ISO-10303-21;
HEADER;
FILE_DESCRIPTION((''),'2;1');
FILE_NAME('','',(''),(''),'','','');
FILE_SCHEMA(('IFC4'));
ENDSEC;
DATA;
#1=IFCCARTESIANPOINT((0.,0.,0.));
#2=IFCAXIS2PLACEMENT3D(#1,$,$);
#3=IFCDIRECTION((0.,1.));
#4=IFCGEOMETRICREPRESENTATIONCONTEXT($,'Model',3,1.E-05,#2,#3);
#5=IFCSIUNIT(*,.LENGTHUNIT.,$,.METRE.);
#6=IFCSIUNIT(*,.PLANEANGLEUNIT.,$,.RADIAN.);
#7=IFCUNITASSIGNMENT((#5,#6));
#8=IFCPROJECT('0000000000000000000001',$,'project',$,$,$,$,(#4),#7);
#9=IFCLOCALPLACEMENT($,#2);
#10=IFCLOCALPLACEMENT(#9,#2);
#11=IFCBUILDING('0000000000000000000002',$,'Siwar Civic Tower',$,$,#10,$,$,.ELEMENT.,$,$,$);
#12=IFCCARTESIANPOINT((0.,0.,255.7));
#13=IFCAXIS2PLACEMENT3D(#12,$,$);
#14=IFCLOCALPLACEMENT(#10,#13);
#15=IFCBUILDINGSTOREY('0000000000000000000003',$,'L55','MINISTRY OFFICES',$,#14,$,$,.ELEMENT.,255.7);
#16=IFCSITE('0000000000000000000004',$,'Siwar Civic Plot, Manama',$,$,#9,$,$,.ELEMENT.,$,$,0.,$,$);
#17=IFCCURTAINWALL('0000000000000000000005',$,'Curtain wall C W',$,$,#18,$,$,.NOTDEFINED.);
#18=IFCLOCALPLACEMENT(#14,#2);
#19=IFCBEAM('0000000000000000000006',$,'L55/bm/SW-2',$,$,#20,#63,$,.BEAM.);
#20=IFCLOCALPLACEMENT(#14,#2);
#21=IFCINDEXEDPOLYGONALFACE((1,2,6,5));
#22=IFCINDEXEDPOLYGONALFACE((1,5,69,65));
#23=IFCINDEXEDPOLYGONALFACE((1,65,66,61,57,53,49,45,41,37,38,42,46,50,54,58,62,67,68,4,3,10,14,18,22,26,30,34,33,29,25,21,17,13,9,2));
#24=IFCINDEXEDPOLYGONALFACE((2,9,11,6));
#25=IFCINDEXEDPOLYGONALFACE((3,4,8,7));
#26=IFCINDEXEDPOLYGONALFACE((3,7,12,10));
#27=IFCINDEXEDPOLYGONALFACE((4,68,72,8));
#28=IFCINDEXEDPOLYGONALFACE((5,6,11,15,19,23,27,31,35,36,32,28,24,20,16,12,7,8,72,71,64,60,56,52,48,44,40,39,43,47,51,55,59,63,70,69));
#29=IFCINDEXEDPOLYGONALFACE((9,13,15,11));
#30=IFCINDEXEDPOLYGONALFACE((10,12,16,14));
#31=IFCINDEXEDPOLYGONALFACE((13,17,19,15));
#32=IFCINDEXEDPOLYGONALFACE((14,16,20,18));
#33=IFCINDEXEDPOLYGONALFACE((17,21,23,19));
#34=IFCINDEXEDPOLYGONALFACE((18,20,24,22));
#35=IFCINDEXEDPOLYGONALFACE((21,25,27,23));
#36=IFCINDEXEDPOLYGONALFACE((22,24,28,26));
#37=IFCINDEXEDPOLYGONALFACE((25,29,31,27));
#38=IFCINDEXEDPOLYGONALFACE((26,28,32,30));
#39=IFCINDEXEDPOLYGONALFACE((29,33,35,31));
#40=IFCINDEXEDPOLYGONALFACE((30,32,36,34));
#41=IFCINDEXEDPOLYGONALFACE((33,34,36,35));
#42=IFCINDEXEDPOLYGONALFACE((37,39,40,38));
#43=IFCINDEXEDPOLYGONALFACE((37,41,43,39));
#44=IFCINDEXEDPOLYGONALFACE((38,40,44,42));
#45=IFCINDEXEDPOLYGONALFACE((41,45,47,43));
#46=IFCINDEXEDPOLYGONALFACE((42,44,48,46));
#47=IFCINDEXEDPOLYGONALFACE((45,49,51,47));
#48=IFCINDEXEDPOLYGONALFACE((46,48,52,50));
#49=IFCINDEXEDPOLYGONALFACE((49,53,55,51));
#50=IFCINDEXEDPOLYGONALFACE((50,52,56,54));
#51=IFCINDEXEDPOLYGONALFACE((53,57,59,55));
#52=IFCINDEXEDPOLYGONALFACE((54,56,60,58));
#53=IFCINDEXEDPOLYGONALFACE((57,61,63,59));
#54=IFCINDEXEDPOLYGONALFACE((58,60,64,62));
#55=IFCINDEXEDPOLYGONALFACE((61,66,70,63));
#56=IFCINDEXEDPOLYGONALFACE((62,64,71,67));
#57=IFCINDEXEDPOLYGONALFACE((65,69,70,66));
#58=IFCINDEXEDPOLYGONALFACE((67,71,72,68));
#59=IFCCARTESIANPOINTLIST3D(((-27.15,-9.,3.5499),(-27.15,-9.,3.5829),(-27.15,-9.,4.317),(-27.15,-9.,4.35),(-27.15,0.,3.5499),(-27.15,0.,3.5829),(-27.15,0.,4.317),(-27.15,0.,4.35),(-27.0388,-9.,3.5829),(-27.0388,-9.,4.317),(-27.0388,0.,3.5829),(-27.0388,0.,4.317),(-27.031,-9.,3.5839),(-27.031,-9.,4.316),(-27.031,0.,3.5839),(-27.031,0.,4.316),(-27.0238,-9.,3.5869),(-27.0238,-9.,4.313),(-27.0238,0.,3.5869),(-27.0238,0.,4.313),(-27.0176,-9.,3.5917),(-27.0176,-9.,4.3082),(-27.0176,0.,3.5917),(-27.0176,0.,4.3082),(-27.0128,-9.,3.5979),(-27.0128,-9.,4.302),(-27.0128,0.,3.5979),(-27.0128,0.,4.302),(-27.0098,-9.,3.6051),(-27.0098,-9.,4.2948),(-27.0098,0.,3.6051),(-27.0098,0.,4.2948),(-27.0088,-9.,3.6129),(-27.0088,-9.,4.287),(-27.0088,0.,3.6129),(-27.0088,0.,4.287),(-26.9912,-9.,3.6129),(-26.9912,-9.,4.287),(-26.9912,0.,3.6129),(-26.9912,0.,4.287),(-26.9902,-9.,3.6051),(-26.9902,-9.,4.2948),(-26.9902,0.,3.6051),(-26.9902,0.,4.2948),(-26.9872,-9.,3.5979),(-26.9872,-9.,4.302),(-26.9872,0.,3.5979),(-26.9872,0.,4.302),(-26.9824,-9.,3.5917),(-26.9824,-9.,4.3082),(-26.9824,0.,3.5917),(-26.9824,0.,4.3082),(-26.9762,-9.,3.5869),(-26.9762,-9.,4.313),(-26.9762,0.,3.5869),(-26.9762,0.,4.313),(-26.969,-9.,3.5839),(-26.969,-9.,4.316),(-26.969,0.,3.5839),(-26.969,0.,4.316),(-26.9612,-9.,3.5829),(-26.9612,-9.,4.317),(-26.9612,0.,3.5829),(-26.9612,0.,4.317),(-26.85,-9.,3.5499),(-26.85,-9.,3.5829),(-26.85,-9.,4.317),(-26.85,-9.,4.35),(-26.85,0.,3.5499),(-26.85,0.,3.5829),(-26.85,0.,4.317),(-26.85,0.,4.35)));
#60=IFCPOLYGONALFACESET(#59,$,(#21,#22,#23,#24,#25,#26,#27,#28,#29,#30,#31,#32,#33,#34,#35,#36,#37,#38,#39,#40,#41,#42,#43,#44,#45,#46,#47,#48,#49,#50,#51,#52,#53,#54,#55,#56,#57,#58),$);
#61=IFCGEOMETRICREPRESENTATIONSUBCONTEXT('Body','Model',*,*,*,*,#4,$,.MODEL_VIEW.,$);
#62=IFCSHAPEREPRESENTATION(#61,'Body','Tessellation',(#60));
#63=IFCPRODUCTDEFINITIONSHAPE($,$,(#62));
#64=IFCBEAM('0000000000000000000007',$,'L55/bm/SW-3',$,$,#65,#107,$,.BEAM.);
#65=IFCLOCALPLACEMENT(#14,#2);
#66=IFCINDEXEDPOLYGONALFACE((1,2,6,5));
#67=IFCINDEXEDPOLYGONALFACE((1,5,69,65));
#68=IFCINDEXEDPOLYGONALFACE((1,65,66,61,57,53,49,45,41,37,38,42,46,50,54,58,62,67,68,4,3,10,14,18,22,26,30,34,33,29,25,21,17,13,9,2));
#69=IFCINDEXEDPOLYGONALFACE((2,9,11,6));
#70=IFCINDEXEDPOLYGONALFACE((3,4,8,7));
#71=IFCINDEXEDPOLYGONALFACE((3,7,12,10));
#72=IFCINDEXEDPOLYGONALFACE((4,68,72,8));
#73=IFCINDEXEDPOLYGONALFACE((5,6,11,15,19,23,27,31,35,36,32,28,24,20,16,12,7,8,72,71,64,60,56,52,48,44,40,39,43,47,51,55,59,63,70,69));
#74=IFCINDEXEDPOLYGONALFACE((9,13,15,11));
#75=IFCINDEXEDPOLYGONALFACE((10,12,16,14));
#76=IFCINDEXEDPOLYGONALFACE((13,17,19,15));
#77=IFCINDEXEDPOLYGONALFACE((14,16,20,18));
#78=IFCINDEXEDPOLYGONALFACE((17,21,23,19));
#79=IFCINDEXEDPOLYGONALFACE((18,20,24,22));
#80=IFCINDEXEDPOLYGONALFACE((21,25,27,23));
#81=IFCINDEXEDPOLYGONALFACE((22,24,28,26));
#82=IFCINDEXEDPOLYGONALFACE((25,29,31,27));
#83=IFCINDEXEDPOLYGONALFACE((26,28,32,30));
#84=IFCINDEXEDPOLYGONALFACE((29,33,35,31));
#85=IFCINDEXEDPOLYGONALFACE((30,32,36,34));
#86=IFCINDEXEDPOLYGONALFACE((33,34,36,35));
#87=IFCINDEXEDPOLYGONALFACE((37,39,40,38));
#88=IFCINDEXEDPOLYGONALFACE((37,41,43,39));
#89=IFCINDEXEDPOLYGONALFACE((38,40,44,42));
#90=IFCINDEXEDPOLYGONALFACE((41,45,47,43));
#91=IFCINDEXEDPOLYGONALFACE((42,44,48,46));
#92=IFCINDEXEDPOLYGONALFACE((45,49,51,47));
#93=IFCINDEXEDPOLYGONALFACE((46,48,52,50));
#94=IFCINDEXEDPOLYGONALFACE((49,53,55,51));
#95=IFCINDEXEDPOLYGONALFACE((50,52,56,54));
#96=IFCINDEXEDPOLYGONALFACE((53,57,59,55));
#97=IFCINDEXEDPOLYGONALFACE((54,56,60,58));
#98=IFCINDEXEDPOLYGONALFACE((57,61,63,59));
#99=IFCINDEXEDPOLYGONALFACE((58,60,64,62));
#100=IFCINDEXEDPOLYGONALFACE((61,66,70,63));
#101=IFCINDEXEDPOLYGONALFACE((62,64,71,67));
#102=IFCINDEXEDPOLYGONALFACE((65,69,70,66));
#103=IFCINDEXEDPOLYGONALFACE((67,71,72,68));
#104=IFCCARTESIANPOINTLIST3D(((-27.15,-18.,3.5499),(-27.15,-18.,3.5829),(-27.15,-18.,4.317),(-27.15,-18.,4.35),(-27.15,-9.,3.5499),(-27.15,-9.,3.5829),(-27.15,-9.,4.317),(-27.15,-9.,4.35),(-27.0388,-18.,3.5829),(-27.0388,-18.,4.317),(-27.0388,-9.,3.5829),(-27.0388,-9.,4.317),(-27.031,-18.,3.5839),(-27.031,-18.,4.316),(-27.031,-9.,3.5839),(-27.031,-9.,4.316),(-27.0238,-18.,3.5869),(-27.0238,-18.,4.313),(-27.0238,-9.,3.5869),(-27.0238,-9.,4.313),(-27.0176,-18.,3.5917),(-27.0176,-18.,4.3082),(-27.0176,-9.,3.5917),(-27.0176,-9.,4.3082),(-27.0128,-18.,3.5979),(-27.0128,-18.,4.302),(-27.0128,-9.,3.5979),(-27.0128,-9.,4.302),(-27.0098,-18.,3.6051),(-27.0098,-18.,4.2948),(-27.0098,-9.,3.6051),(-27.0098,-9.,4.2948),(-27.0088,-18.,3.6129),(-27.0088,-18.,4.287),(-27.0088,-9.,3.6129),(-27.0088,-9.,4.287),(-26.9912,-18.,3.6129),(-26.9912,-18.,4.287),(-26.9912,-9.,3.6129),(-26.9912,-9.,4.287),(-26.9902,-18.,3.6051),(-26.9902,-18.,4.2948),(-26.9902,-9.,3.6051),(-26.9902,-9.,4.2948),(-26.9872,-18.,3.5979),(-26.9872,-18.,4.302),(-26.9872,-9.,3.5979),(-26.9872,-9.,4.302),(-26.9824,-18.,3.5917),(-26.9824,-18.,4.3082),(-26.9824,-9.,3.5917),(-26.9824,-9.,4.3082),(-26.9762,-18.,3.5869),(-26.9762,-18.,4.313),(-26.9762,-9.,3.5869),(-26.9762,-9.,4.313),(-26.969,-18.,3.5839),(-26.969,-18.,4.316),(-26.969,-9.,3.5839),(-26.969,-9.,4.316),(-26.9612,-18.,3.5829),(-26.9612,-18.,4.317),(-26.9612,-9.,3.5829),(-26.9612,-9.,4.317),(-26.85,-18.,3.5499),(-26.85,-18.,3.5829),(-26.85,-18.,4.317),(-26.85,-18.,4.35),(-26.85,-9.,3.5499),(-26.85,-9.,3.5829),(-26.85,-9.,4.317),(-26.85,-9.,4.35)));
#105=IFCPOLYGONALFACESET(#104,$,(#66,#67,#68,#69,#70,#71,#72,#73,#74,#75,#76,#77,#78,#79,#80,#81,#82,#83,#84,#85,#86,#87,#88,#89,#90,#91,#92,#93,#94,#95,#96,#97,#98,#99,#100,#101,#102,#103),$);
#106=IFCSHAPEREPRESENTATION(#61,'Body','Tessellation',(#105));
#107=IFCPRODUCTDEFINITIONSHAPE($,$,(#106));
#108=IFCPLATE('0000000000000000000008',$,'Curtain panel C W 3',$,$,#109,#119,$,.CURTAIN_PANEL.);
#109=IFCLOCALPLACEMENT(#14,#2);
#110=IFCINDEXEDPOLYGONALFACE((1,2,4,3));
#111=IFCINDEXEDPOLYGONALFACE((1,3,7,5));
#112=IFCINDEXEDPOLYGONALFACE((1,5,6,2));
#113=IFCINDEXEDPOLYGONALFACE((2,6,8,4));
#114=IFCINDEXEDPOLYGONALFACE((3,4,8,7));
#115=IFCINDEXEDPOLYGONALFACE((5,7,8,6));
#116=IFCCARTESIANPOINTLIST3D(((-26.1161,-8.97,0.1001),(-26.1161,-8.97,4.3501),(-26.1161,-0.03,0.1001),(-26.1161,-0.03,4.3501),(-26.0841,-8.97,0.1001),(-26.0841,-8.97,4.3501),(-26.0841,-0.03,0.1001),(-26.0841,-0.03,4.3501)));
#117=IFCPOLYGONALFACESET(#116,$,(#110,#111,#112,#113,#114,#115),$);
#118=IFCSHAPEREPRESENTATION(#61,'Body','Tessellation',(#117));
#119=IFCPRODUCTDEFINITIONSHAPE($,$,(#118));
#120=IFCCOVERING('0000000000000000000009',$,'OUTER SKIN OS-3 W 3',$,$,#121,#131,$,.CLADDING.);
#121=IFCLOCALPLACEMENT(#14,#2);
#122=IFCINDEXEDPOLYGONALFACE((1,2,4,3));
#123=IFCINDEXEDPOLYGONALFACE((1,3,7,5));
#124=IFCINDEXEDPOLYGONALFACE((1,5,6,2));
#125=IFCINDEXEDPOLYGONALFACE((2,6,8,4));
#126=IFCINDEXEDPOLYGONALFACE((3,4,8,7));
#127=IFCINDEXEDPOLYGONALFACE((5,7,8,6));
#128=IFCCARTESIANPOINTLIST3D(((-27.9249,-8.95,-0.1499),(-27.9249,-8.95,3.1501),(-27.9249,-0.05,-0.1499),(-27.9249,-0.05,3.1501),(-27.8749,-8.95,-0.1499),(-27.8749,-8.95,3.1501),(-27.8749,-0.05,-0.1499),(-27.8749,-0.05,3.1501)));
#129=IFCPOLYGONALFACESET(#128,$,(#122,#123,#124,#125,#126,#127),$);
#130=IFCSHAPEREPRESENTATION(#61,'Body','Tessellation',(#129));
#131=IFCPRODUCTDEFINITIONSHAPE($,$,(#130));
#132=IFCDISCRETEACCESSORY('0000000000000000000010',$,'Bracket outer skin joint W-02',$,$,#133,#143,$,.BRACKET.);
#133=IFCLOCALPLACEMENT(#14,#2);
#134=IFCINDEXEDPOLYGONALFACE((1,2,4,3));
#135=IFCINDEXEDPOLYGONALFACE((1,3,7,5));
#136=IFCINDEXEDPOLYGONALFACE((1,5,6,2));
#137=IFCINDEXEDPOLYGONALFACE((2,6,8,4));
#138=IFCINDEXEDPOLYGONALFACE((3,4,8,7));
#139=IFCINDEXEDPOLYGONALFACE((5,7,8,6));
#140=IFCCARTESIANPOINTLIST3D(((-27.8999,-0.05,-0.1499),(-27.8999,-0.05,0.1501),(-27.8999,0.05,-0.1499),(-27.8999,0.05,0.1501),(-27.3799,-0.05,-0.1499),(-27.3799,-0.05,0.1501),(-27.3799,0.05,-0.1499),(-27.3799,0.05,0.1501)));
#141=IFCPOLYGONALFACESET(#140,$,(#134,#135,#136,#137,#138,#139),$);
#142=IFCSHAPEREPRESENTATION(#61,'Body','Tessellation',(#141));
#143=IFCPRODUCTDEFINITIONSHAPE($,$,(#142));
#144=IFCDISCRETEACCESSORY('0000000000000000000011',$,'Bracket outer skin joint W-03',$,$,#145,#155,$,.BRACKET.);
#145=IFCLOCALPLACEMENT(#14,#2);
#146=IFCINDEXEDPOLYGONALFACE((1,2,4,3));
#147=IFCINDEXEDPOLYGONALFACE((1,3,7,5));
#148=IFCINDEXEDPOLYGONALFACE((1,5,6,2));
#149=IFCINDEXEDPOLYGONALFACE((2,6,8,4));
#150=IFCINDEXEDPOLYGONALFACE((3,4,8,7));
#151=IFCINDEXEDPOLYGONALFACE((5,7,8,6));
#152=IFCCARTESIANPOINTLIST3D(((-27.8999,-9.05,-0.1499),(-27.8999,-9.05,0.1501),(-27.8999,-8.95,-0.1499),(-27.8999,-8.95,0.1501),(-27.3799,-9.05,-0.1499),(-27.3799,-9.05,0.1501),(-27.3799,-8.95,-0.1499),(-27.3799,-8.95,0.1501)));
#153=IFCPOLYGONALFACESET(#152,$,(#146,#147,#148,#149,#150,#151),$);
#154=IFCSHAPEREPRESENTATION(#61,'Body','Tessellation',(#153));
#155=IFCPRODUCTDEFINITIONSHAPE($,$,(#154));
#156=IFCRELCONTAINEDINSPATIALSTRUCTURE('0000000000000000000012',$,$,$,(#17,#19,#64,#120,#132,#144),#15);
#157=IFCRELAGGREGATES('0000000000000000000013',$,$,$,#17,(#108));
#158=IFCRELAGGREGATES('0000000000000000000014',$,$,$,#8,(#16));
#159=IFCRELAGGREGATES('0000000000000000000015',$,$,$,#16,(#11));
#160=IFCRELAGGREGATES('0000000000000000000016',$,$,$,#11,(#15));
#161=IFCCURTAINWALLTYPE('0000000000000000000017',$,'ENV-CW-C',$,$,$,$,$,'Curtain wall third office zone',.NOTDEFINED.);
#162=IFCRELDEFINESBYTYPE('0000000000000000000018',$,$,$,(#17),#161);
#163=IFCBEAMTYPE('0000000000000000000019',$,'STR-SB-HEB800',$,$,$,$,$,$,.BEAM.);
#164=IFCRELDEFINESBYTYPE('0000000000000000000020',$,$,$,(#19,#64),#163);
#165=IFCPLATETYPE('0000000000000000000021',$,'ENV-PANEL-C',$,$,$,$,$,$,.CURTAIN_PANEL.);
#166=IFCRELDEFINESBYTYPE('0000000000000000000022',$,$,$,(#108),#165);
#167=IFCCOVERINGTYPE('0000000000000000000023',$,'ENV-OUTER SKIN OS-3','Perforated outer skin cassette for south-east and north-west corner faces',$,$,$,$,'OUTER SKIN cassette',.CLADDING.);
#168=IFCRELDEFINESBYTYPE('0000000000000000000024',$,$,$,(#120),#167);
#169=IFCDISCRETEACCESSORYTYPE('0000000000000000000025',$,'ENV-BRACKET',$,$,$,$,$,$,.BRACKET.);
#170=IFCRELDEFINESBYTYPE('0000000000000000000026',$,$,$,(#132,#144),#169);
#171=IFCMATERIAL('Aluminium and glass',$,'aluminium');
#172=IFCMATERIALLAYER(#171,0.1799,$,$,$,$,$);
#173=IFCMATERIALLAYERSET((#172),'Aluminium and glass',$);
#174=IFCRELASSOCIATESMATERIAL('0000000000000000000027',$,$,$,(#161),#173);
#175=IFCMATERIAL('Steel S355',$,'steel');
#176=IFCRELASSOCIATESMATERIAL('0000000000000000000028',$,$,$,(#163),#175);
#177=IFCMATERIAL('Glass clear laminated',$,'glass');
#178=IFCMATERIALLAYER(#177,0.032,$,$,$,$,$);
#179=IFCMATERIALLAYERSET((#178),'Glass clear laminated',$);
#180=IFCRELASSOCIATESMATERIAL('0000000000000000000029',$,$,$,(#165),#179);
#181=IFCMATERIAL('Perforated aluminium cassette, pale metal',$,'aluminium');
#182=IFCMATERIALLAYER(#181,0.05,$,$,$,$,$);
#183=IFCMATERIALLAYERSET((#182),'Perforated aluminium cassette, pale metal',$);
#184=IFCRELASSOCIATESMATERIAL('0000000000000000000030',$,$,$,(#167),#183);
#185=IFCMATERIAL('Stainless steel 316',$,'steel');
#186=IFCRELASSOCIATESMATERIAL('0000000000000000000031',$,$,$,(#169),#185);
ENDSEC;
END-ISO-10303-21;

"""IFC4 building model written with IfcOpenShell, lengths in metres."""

from ifc_helpers import new_model, si_unit, direction, frame, origin, origin_2d, place, context, subcontext, project, spatial, rectangle, i_section, extrude, material, layer, layer_set, material_profile, profile_set, type_object, element, aggregate, save


model = new_model("IFC4")

# Units and contexts
model_context = context("Model", 3, precision=1e-05, world=origin(), true_north=direction((0.0, 1.0)))
body_context = subcontext(model_context, "Body", "Model", "MODEL_VIEW")
ifc_project = project(units=[si_unit("LENGTHUNIT", "METRE"), si_unit("PLANEANGLEUNIT", "RADIAN")], contexts=[model_context])

# Site, building, storey
site_placement = place(None, origin())
site = spatial("IfcSite", under=ifc_project, at=site_placement, Name="Siwar Civic Plot, Manama", CompositionType="ELEMENT", RefElevation=0.0)
building_placement = place(site_placement, origin())
building = spatial("IfcBuilding", under=site, at=building_placement, Name="Siwar Civic Tower", CompositionType="ELEMENT")
storey_placement = place(building_placement, frame((0.0, 0.0, 255.7)))
storey = spatial("IfcBuildingStorey", under=building, at=storey_placement, Name="L55", Description="MINISTRY OFFICES", CompositionType="ELEMENT", Elevation=255.7)

# Curtain wall
ifc_material_1 = material(Name="Aluminium and glass", Category="aluminium")
ifc_layer_1 = layer(ifc_material_1, 0.1799)
ifc_layer_set_1 = layer_set([ifc_layer_1], Name="Aluminium and glass")
curtain_wall_type = type_object("IfcCurtainWallType", Name="ENV-CW-C", ElementType="Curtain wall third office zone", PredefinedType="NOTDEFINED", material=ifc_layer_set_1)
curtain_wall_placement = place(storey_placement, origin())
curtain_wall = element("IfcCurtainWall", 1, at=curtain_wall_placement, inside=storey, type_object=curtain_wall_type, Name="Curtain wall C W", PredefinedType="NOTDEFINED")

# Beams
ifc_material_2 = material(Name="Steel S355", Category="steel")
ifc_material_profile_1 = material_profile(ifc_material_2, i_section(OverallWidth=0.3, OverallDepth=0.8, WebThickness=0.0176, FlangeThickness=0.033, FilletRadius=0.03, at=origin_2d()), Name="HEB800")
ifc_profile_set_1 = profile_set([ifc_material_profile_1], Name="Steel S355")
beam_type_1 = type_object("IfcBeamType", Name="STR-SB-HEB800", PredefinedType="BEAM", material=ifc_profile_set_1)
for number, where, z_axis, x_axis, name in (
    (2, (-27.0, 0.0, 3.95), (0.0, -1.0, 0.0), (1.0, 0.0, 0.0), "L55/bm/SW-2"),
    (3, (-27.0, -9.0, 3.95), (0.0, -1.0, 0.0), (1.0, 0.0, 0.0), "L55/bm/SW-3"),
):
    element("IfcBeam", number, at=place(storey_placement, frame(where, z_axis=z_axis, x_axis=x_axis)), inside=storey, type_object=beam_type_1, Name=name, PredefinedType="BEAM", context=body_context, shape_type="SweptSolid", body=[
        extrude(i_section(OverallWidth=0.3, OverallDepth=0.8, WebThickness=0.0176, FlangeThickness=0.033, FilletRadius=0.03, at=origin_2d()), origin(), (0.0, 0.0, 1.0), 9.0),
    ])

# Plate
ifc_material_3 = material(Name="Glass clear laminated", Category="glass")
ifc_layer_2 = layer(ifc_material_3, 0.032)
ifc_layer_set_2 = layer_set([ifc_layer_2], Name="Glass clear laminated")
plate_type = type_object("IfcPlateType", Name="ENV-PANEL-C", PredefinedType="CURTAIN_PANEL", material=ifc_layer_set_2)
plate_placement = place(storey_placement, frame((-26.1001, -4.5, 0.1001), z_axis=(0.0, 0.0, 1.0), x_axis=(0.0, -1.0, 0.0)))
plate = element("IfcPlate", 4, at=plate_placement, type_object=plate_type, Name="Curtain panel C W 3", PredefinedType="CURTAIN_PANEL", context=body_context, shape_type="SweptSolid", body=[
    extrude(rectangle(XDim=8.9399, YDim=0.032, at=origin_2d()), origin(), (0.0, 0.0, 1.0), 4.25),
])
aggregate(curtain_wall, [plate])

# Covering
ifc_material_4 = material(Name="Perforated aluminium cassette, pale metal", Category="aluminium")
ifc_layer_3 = layer(ifc_material_4, 0.05)
ifc_layer_set_3 = layer_set([ifc_layer_3], Name="Perforated aluminium cassette, pale metal")
covering_type = type_object("IfcCoveringType", Name="ENV-OUTER SKIN OS-3", Description="Perforated outer skin cassette for south-east and north-west corner faces", ElementType="OUTER SKIN cassette", PredefinedType="CLADDING", material=ifc_layer_set_3)
covering_placement = place(storey_placement, frame((-27.8999, -4.5, -0.1499), z_axis=(0.0, 0.0, 1.0), x_axis=(0.0, -1.0, 0.0)))
element("IfcCovering", 5, at=covering_placement, inside=storey, type_object=covering_type, Name="OUTER SKIN OS-3 W 3", PredefinedType="CLADDING", context=body_context, shape_type="SweptSolid", body=[
    extrude(rectangle(XDim=8.8999, YDim=0.05, at=origin_2d()), origin(), (0.0, 0.0, 1.0), 3.3),
])

# Discrete accessories
ifc_material_5 = material(Name="Stainless steel 316", Category="steel")
discrete_accessory_type = type_object("IfcDiscreteAccessoryType", Name="ENV-BRACKET", PredefinedType="BRACKET", material=ifc_material_5)
for number, where, z_axis, x_axis, name in (
    (6, (-27.6399, 0.0, -0.1499), (0.0, 0.0, 1.0), (-1.0, 0.0, 0.0), "Bracket outer skin joint W-02"),
    (7, (-27.6399, -9.0, -0.1499), (0.0, 0.0, 1.0), (-1.0, 0.0, 0.0), "Bracket outer skin joint W-03"),
):
    element("IfcDiscreteAccessory", number, at=place(storey_placement, frame(where, z_axis=z_axis, x_axis=x_axis)), inside=storey, type_object=discrete_accessory_type, Name=name, PredefinedType="BRACKET", context=body_context, shape_type="SweptSolid", body=[
        extrude(rectangle(XDim=0.52, YDim=0.1001, at=origin_2d()), origin(), (0.0, 0.0, 1.0), 0.3),
    ])

save(model, "model.ifc")
